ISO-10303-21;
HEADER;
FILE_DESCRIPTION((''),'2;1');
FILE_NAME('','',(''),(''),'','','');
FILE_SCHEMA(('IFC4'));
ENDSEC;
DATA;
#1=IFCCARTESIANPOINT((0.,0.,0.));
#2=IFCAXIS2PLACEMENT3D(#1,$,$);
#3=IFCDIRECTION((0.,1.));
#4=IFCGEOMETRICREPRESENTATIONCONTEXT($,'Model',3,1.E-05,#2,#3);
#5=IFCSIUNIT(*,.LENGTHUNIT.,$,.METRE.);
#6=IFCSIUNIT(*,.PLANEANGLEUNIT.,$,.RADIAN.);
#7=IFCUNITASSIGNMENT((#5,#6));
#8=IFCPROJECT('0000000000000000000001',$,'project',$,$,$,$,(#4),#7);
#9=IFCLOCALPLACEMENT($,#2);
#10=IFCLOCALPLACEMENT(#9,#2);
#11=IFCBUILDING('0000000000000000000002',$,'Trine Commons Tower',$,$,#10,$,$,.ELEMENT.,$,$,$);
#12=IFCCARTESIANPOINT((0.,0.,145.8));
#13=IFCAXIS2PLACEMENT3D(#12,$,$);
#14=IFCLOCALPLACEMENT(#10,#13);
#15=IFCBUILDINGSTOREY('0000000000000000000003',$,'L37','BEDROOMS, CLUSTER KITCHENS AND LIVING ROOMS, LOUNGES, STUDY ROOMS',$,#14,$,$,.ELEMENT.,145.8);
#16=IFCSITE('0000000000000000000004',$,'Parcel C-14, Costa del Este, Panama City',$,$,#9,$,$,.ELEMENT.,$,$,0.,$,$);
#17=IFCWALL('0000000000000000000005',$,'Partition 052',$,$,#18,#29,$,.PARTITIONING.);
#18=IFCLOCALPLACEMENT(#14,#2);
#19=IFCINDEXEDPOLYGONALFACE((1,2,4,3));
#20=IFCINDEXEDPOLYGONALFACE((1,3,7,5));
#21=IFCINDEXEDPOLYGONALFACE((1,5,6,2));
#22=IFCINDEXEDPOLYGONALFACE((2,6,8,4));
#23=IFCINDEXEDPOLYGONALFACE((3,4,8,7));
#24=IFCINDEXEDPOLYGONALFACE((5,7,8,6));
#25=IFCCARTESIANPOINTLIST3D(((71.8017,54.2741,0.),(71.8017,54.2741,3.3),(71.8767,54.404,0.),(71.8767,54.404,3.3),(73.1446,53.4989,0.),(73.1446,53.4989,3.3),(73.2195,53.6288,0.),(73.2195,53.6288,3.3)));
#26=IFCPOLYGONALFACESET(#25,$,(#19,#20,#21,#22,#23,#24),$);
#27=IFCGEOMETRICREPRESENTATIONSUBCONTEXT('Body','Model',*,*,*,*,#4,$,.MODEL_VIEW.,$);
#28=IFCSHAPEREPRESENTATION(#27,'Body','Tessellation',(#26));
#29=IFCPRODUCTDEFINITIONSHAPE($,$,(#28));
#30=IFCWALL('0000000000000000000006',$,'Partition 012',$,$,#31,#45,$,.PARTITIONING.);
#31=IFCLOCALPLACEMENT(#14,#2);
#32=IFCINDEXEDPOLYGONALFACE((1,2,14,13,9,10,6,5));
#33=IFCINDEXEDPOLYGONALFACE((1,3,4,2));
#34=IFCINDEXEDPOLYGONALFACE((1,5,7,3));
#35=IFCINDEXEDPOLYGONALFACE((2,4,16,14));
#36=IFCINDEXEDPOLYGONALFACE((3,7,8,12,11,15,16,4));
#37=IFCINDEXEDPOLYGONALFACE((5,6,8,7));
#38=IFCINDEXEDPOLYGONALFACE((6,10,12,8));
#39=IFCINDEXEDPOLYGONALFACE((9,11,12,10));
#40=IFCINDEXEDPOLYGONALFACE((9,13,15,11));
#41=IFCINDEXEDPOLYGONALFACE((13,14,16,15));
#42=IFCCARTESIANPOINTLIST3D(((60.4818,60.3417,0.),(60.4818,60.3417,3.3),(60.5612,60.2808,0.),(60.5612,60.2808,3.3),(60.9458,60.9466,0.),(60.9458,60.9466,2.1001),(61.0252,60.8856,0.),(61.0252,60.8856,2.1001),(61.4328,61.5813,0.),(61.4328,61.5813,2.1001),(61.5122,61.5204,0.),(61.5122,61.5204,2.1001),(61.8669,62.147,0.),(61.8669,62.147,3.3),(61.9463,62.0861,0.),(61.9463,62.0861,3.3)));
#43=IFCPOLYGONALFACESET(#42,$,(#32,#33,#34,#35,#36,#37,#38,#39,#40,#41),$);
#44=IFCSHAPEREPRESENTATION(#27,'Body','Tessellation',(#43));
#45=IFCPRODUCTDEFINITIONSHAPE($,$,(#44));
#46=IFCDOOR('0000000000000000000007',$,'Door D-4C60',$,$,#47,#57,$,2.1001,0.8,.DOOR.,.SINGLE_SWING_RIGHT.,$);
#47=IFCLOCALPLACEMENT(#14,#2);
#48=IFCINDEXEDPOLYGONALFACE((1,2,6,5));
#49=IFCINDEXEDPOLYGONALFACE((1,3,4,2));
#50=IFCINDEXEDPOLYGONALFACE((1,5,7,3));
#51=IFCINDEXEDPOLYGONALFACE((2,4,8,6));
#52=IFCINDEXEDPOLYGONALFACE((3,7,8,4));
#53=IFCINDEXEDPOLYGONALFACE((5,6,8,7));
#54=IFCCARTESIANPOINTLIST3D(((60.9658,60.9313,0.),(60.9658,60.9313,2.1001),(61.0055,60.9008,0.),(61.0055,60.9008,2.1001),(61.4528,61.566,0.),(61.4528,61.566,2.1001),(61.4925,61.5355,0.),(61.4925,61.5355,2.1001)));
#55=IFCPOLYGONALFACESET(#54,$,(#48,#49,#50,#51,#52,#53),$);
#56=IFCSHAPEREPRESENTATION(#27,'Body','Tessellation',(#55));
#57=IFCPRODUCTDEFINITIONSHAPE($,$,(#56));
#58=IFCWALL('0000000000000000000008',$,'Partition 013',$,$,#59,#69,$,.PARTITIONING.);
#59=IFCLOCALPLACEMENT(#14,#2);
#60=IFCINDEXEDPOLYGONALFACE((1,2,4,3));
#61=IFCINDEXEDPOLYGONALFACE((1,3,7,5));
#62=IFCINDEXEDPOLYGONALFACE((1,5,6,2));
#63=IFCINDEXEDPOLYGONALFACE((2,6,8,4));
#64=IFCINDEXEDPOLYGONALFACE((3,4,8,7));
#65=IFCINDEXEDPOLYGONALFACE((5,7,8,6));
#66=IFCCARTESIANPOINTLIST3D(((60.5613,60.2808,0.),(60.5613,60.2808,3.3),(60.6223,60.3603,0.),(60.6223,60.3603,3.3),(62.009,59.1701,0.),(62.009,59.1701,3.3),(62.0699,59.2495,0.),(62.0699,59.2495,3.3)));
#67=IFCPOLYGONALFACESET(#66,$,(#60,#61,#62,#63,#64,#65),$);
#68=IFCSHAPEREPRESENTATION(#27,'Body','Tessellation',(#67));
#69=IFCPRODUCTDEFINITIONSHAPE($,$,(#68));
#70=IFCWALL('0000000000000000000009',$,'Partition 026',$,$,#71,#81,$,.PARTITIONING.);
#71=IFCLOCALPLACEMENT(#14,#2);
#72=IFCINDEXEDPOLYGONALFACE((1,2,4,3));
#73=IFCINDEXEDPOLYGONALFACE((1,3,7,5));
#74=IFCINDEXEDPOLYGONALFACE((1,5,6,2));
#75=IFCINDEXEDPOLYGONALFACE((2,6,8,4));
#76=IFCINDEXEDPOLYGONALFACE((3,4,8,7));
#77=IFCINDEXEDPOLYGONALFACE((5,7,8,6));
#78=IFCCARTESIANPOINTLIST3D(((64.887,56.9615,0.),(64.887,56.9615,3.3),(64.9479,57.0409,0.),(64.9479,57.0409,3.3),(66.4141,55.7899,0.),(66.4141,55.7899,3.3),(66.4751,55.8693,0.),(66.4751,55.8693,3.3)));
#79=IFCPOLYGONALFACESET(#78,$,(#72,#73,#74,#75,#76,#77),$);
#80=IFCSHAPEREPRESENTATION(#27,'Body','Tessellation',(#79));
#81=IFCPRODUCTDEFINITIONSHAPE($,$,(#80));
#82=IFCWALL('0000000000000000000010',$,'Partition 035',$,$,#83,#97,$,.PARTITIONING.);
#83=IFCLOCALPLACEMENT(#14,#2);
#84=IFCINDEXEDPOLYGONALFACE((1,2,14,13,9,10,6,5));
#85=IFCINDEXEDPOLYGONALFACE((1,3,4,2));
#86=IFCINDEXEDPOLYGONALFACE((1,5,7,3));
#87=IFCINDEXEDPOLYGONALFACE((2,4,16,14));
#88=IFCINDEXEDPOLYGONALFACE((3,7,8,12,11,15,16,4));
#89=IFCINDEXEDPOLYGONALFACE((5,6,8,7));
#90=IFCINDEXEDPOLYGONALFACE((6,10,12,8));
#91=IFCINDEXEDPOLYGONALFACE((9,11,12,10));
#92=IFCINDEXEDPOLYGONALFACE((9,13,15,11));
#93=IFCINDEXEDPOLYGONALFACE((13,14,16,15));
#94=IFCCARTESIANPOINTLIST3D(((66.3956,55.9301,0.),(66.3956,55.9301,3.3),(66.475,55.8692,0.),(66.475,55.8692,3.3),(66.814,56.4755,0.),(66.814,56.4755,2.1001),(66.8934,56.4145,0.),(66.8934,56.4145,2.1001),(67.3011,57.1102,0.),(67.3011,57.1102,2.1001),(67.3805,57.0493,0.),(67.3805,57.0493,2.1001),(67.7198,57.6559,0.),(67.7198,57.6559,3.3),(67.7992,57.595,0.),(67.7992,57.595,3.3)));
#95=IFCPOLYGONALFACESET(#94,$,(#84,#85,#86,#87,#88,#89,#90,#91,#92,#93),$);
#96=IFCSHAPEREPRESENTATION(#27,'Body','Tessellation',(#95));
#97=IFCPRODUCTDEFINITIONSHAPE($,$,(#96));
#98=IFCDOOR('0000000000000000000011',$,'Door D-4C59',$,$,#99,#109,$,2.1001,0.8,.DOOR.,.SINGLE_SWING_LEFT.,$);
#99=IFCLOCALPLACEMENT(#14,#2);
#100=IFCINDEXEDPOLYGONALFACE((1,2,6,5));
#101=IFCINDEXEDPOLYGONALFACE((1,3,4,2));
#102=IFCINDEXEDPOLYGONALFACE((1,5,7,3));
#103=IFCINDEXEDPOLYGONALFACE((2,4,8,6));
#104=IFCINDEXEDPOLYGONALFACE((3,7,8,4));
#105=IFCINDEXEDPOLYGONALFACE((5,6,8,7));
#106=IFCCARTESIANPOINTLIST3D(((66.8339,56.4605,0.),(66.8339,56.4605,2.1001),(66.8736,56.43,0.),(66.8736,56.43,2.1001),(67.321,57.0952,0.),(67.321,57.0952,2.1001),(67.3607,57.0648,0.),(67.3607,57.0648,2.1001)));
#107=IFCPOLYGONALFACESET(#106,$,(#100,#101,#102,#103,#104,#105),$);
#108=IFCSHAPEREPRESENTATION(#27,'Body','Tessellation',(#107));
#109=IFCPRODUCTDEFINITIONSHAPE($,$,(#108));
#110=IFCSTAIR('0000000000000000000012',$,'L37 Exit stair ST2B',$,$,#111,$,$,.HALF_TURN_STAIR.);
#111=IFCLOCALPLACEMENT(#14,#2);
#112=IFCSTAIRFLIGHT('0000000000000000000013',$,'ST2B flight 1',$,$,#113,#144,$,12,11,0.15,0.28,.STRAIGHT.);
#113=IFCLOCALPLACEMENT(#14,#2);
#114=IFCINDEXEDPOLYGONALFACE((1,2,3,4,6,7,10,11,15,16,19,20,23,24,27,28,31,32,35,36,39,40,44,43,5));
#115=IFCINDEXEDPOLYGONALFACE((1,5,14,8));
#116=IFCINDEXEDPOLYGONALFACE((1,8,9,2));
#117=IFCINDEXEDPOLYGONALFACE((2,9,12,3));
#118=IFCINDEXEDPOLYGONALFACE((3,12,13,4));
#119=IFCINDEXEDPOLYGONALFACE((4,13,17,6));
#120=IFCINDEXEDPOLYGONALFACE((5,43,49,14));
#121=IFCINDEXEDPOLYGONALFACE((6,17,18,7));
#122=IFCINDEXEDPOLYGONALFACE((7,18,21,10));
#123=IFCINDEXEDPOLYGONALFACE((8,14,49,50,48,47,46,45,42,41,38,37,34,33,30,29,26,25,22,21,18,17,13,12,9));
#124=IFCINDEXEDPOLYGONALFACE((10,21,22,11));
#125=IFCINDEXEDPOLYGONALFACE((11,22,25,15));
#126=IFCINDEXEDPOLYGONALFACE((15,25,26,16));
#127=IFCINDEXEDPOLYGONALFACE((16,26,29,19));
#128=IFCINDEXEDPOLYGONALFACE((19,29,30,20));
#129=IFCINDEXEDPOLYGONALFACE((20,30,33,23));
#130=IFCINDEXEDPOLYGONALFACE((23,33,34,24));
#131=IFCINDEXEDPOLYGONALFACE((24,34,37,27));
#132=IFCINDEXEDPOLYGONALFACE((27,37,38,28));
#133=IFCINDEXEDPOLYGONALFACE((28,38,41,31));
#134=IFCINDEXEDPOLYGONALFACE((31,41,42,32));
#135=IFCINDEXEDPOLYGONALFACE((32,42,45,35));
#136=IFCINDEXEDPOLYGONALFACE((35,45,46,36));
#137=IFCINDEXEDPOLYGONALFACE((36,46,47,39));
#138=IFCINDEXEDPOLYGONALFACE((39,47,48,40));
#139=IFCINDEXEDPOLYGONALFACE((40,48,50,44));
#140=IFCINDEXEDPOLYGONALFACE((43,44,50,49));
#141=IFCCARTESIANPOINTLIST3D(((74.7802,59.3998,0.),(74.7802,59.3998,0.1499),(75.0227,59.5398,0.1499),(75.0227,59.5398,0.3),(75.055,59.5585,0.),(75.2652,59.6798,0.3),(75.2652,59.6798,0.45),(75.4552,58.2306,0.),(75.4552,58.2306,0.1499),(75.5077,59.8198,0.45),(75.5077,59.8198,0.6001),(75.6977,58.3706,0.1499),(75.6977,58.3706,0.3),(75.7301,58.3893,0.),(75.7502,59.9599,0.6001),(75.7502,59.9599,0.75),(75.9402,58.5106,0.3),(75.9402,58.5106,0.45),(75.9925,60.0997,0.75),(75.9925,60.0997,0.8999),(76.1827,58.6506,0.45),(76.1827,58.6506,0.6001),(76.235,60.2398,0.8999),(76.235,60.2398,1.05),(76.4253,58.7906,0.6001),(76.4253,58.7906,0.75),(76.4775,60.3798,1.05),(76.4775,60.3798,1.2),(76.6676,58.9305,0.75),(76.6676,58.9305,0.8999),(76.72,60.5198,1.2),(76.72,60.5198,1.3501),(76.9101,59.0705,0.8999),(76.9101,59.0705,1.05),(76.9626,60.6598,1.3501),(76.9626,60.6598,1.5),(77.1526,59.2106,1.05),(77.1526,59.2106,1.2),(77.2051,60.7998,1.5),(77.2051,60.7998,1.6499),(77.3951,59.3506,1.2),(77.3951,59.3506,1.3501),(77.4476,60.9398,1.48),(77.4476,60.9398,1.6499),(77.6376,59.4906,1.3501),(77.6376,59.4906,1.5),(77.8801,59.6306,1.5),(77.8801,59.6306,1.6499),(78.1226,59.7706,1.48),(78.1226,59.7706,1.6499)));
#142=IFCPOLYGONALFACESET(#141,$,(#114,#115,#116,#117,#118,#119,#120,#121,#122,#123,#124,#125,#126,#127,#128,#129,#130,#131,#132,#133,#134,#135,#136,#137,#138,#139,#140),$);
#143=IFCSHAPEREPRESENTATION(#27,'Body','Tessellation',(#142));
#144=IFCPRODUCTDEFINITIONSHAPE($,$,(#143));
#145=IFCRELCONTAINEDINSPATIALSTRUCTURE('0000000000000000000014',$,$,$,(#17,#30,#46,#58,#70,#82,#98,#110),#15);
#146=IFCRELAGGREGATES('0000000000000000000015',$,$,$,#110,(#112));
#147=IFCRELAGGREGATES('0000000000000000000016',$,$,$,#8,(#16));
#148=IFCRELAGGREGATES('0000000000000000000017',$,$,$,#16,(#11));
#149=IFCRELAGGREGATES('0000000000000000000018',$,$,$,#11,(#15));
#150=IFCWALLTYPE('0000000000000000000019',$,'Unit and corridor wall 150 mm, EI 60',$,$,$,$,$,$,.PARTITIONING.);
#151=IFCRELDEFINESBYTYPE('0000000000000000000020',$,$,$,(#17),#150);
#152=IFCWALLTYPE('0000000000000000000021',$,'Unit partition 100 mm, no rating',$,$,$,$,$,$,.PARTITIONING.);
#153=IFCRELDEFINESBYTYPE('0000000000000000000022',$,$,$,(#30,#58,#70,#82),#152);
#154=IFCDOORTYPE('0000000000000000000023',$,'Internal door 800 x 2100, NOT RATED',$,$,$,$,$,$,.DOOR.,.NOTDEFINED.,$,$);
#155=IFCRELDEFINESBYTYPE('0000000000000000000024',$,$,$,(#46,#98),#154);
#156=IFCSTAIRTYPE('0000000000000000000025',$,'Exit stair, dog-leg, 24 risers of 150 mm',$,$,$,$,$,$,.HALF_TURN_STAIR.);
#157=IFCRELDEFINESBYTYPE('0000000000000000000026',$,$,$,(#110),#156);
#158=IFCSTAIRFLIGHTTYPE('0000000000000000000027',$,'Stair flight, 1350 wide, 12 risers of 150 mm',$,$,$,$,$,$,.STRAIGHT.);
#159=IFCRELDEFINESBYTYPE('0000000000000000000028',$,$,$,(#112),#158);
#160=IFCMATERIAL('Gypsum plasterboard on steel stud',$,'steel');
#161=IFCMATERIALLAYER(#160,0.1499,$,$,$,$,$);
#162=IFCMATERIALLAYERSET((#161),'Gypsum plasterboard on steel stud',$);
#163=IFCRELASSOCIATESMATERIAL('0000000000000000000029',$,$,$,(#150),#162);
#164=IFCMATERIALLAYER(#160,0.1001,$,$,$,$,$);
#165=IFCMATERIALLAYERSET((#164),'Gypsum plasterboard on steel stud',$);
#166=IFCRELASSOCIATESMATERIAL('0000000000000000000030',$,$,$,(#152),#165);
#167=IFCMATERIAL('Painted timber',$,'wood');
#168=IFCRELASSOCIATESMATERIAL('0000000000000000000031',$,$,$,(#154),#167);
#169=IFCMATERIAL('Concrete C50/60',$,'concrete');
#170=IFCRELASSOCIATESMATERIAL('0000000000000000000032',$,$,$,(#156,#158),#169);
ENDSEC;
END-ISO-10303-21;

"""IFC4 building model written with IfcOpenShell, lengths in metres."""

from ifc_helpers import new_model, si_unit, direction, frame, frame_2d, origin, place, context, subcontext, project, spatial, polyline, rectangle, outline, extrude, material, layer, layer_set, type_object, element, fill, aggregate, save


model = new_model("IFC4")

# Units and contexts
model_context = context("Model", 3, precision=1e-05, world=origin(), true_north=direction((0.0, 1.0)))
body_context = subcontext(model_context, "Body", "Model", "MODEL_VIEW")
ifc_project = project(units=[si_unit("LENGTHUNIT", "METRE"), si_unit("PLANEANGLEUNIT", "RADIAN")], contexts=[model_context])

# Site, building, storey
site_placement = place(None, origin())
site = spatial("IfcSite", under=ifc_project, at=site_placement, Name="Parcel C-14, Costa del Este, Panama City", CompositionType="ELEMENT", RefElevation=0.0)
building_placement = place(site_placement, origin())
building = spatial("IfcBuilding", under=site, at=building_placement, Name="Trine Commons Tower", CompositionType="ELEMENT")
storey_placement = place(building_placement, frame((0.0, 0.0, 145.8)))
storey = spatial("IfcBuildingStorey", under=building, at=storey_placement, Name="L37", Description="BEDROOMS, CLUSTER KITCHENS AND LIVING ROOMS, LOUNGES, STUDY ROOMS", CompositionType="ELEMENT", Elevation=145.8)

# Shared definitions
ifc_material_1 = material(Name="Concrete C50/60", Category="concrete")

# Shared definitions
ifc_material_2 = material(Name="Gypsum plasterboard on steel stud", Category="steel")
ifc_layer_1 = layer(ifc_material_2, 0.1499)
ifc_layer_set_1 = layer_set([ifc_layer_1], Name="Gypsum plasterboard on steel stud")
wall_type_1 = type_object("IfcWallType", Name="Unit and corridor wall 150 mm, EI 60", PredefinedType="PARTITIONING", material=ifc_layer_set_1)

# Shared definitions
ifc_material_3 = material(Name="Painted timber", Category="wood")

# Wall
wall_1_placement = place(storey_placement, frame((71.8391, 54.3391, 0.0), z_axis=(0.0, 0.0, 1.0), x_axis=(0.866054, -0.49995, 0.0)))
element("IfcWall", 1, at=wall_1_placement, inside=storey, type_object=wall_type_1, Name="Partition 052", PredefinedType="PARTITIONING", context=body_context, shape_type="SweptSolid", body=[
    extrude(rectangle(XDim=1.5505, YDim=0.1499, at=frame_2d((0.7754, 0.0))), origin(), (0.0, 0.0, 1.0), 3.3),
])

# Wall, opening, door
ifc_layer_2 = layer(ifc_material_2, 0.1001)
ifc_layer_set_2 = layer_set([ifc_layer_2], Name="Gypsum plasterboard on steel stud")
wall_type_2 = type_object("IfcWallType", Name="Unit partition 100 mm, no rating", PredefinedType="PARTITIONING", material=ifc_layer_set_2)
wall_2_placement = place(storey_placement, frame((60.5215, 60.3113, 0.0), z_axis=(0.0, 0.0, 1.0), x_axis=(0.60872, 0.793385, 0.0)))
wall_2 = element("IfcWall", 2, at=wall_2_placement, inside=storey, type_object=wall_type_2, Name="Partition 012", PredefinedType="PARTITIONING", context=body_context, shape_type="SweptSolid", body=[
    extrude(rectangle(XDim=2.2754, YDim=0.1001, at=frame_2d((1.1377, 0.0))), origin(), (0.0, 0.0, 1.0), 3.3),
])
opening_1_placement = place(wall_2_placement, frame((0.7625, 0.0, 0.0)))
opening_1 = element("IfcOpeningElement", 3, at=opening_1_placement, cuts=wall_2, PredefinedType="OPENING", context=body_context, shape_type="SweptSolid", body=[
    extrude(rectangle(XDim=0.8, YDim=2.1001, at=frame_2d((0.3999, 1.05))), frame((0.0, 0.0601, 0.0), z_axis=(0.0, -1.0, 0.0), x_axis=(1.0, 0.0, 0.0)), (0.0, 0.0, 1.0), 0.1201),
])
door_type_1 = type_object("IfcDoorType", Name="Internal door 800 x 2100, NOT RATED", OperationType="NOTDEFINED", PredefinedType="DOOR", material=ifc_material_3)
door_1_placement = place(opening_1_placement, origin())
door_1 = element("IfcDoor", 4, at=door_1_placement, inside=storey, type_object=door_type_1, Name="Door D-4C60", OperationType="SINGLE_SWING_RIGHT", OverallHeight=2.1001, OverallWidth=0.8, PredefinedType="DOOR", context=body_context, shape_type="SweptSolid", body=[
    extrude(rectangle(XDim=0.8, YDim=2.1001, at=frame_2d((0.3999, 1.05))), frame((0.0, 0.0249, 0.0), z_axis=(0.0, -1.0, 0.0), x_axis=(1.0, 0.0, 0.0)), (0.0, 0.0, 1.0), 0.05),
])
fill(opening_1, door_1)

# Walls
wall_3_placement = place(storey_placement, frame((60.5918, 60.3206, 0.0), z_axis=(0.0, 0.0, 1.0), x_axis=(0.793369, -0.60874, 0.0)))
element("IfcWall", 5, at=wall_3_placement, inside=storey, type_object=wall_type_2, Name="Partition 013", PredefinedType="PARTITIONING", context=body_context, shape_type="SweptSolid", body=[
    extrude(rectangle(XDim=1.8247, YDim=0.1001, at=frame_2d((0.9124, 0.0))), origin(), (0.0, 0.0, 1.0), 3.3),
])
wall_4_placement = place(storey_placement, frame((64.9175, 57.0012, 0.0), z_axis=(0.0, 0.0, 1.0), x_axis=(0.793392, -0.608711, 0.0)))
element("IfcWall", 6, at=wall_4_placement, inside=storey, type_object=wall_type_2, Name="Partition 026", PredefinedType="PARTITIONING", context=body_context, shape_type="SweptSolid", body=[
    extrude(rectangle(XDim=1.9248, YDim=0.1001, at=frame_2d((0.9624, 0.0))), origin(), (0.0, 0.0, 1.0), 3.3),
])

# Wall, opening, door
wall_5_placement = place(storey_placement, frame((66.4353, 55.8997, 0.0), z_axis=(0.0, 0.0, 1.0), x_axis=(0.608745, 0.793366, 0.0)))
wall_5 = element("IfcWall", 7, at=wall_5_placement, inside=storey, type_object=wall_type_2, Name="Partition 035", PredefinedType="PARTITIONING", context=body_context, shape_type="SweptSolid", body=[
    extrude(rectangle(XDim=2.1753, YDim=0.1001, at=frame_2d((1.0876, 0.0))), origin(), (0.0, 0.0, 1.0), 3.3),
])
opening_2_placement = place(wall_5_placement, frame((0.6875, 0.0, 0.0)))
opening_2 = element("IfcOpeningElement", 8, at=opening_2_placement, cuts=wall_5, PredefinedType="OPENING", context=body_context, shape_type="SweptSolid", body=[
    extrude(rectangle(XDim=0.8, YDim=2.1001, at=frame_2d((0.3999, 1.05))), frame((0.0, 0.0601, 0.0), z_axis=(0.0, -1.0, 0.0), x_axis=(1.0, 0.0, 0.0)), (0.0, 0.0, 1.0), 0.1201),
])
door_2_placement = place(opening_2_placement, frame((0.8, 0.0, 0.0), z_axis=(0.0, 0.0, 1.0), x_axis=(-1.0, 0.0, 0.0)))
door_2 = element("IfcDoor", 9, at=door_2_placement, inside=storey, type_object=door_type_1, Name="Door D-4C59", OperationType="SINGLE_SWING_LEFT", OverallHeight=2.1001, OverallWidth=0.8, PredefinedType="DOOR", context=body_context, shape_type="SweptSolid", body=[
    extrude(rectangle(XDim=0.8, YDim=2.1001, at=frame_2d((0.3999, 1.05))), frame((0.0, 0.0249, 0.0), z_axis=(0.0, -1.0, 0.0), x_axis=(1.0, 0.0, 0.0)), (0.0, 0.0, 1.0), 0.05),
])
fill(opening_2, door_2)

# Stair, stair flight
stair_type = type_object("IfcStairType", Name="Exit stair, dog-leg, 24 risers of 150 mm", PredefinedType="HALF_TURN_STAIR", material=ifc_material_1)
stair_placement = place(storey_placement, origin())
stair = element("IfcStair", 10, at=stair_placement, inside=storey, type_object=stair_type, Name="L37 Exit stair ST2B", PredefinedType="HALF_TURN_STAIR")
stair_flight_type = type_object("IfcStairFlightType", Name="Stair flight, 1350 wide, 12 risers of 150 mm", PredefinedType="STRAIGHT", material=ifc_material_1)
stair_flight_placement = place(storey_placement, frame((75.1177, 58.8152, 0.0), z_axis=(0.0, 0.0, 1.0), x_axis=(0.866025, 0.5, 0.0)))
stair_flight = element("IfcStairFlight", 11, at=stair_flight_placement, type_object=stair_flight_type, Name="ST2B flight 1", NumberOfRisers=12, NumberOfTreads=11, PredefinedType="STRAIGHT", RiserHeight=0.15, TreadLength=0.28, context=body_context, shape_type="SweptSolid", body=[
    extrude(outline(polyline([(0.0, 0.0), (0.0, 0.1499), (0.28, 0.1499), (0.28, 0.3), (0.5601, 0.3), (0.5601, 0.45), (0.8401, 0.45), (0.8401, 0.6001), (1.1201, 0.6001), (1.1201, 0.75), (1.3999, 0.75), (1.3999, 0.8999), (1.6799, 0.8999), (1.6799, 1.05), (1.96, 1.05), (1.96, 1.2), (2.24, 1.2), (2.24, 1.3501), (2.52, 1.3501), (2.52, 1.5), (2.8, 1.5), (2.8, 1.6499), (3.0801, 1.6499), (3.0801, 1.8), (3.0801, 1.48), (0.3174, 0.0), (0.0, 0.0)])), frame((0.0, 0.675, 0.0), z_axis=(0.0, -1.0, 0.0), x_axis=(1.0, 0.0, 0.0)), (0.0, 0.0, 1.0), 1.3501),
])
aggregate(stair, [stair_flight])

save(model, "model.ifc")
